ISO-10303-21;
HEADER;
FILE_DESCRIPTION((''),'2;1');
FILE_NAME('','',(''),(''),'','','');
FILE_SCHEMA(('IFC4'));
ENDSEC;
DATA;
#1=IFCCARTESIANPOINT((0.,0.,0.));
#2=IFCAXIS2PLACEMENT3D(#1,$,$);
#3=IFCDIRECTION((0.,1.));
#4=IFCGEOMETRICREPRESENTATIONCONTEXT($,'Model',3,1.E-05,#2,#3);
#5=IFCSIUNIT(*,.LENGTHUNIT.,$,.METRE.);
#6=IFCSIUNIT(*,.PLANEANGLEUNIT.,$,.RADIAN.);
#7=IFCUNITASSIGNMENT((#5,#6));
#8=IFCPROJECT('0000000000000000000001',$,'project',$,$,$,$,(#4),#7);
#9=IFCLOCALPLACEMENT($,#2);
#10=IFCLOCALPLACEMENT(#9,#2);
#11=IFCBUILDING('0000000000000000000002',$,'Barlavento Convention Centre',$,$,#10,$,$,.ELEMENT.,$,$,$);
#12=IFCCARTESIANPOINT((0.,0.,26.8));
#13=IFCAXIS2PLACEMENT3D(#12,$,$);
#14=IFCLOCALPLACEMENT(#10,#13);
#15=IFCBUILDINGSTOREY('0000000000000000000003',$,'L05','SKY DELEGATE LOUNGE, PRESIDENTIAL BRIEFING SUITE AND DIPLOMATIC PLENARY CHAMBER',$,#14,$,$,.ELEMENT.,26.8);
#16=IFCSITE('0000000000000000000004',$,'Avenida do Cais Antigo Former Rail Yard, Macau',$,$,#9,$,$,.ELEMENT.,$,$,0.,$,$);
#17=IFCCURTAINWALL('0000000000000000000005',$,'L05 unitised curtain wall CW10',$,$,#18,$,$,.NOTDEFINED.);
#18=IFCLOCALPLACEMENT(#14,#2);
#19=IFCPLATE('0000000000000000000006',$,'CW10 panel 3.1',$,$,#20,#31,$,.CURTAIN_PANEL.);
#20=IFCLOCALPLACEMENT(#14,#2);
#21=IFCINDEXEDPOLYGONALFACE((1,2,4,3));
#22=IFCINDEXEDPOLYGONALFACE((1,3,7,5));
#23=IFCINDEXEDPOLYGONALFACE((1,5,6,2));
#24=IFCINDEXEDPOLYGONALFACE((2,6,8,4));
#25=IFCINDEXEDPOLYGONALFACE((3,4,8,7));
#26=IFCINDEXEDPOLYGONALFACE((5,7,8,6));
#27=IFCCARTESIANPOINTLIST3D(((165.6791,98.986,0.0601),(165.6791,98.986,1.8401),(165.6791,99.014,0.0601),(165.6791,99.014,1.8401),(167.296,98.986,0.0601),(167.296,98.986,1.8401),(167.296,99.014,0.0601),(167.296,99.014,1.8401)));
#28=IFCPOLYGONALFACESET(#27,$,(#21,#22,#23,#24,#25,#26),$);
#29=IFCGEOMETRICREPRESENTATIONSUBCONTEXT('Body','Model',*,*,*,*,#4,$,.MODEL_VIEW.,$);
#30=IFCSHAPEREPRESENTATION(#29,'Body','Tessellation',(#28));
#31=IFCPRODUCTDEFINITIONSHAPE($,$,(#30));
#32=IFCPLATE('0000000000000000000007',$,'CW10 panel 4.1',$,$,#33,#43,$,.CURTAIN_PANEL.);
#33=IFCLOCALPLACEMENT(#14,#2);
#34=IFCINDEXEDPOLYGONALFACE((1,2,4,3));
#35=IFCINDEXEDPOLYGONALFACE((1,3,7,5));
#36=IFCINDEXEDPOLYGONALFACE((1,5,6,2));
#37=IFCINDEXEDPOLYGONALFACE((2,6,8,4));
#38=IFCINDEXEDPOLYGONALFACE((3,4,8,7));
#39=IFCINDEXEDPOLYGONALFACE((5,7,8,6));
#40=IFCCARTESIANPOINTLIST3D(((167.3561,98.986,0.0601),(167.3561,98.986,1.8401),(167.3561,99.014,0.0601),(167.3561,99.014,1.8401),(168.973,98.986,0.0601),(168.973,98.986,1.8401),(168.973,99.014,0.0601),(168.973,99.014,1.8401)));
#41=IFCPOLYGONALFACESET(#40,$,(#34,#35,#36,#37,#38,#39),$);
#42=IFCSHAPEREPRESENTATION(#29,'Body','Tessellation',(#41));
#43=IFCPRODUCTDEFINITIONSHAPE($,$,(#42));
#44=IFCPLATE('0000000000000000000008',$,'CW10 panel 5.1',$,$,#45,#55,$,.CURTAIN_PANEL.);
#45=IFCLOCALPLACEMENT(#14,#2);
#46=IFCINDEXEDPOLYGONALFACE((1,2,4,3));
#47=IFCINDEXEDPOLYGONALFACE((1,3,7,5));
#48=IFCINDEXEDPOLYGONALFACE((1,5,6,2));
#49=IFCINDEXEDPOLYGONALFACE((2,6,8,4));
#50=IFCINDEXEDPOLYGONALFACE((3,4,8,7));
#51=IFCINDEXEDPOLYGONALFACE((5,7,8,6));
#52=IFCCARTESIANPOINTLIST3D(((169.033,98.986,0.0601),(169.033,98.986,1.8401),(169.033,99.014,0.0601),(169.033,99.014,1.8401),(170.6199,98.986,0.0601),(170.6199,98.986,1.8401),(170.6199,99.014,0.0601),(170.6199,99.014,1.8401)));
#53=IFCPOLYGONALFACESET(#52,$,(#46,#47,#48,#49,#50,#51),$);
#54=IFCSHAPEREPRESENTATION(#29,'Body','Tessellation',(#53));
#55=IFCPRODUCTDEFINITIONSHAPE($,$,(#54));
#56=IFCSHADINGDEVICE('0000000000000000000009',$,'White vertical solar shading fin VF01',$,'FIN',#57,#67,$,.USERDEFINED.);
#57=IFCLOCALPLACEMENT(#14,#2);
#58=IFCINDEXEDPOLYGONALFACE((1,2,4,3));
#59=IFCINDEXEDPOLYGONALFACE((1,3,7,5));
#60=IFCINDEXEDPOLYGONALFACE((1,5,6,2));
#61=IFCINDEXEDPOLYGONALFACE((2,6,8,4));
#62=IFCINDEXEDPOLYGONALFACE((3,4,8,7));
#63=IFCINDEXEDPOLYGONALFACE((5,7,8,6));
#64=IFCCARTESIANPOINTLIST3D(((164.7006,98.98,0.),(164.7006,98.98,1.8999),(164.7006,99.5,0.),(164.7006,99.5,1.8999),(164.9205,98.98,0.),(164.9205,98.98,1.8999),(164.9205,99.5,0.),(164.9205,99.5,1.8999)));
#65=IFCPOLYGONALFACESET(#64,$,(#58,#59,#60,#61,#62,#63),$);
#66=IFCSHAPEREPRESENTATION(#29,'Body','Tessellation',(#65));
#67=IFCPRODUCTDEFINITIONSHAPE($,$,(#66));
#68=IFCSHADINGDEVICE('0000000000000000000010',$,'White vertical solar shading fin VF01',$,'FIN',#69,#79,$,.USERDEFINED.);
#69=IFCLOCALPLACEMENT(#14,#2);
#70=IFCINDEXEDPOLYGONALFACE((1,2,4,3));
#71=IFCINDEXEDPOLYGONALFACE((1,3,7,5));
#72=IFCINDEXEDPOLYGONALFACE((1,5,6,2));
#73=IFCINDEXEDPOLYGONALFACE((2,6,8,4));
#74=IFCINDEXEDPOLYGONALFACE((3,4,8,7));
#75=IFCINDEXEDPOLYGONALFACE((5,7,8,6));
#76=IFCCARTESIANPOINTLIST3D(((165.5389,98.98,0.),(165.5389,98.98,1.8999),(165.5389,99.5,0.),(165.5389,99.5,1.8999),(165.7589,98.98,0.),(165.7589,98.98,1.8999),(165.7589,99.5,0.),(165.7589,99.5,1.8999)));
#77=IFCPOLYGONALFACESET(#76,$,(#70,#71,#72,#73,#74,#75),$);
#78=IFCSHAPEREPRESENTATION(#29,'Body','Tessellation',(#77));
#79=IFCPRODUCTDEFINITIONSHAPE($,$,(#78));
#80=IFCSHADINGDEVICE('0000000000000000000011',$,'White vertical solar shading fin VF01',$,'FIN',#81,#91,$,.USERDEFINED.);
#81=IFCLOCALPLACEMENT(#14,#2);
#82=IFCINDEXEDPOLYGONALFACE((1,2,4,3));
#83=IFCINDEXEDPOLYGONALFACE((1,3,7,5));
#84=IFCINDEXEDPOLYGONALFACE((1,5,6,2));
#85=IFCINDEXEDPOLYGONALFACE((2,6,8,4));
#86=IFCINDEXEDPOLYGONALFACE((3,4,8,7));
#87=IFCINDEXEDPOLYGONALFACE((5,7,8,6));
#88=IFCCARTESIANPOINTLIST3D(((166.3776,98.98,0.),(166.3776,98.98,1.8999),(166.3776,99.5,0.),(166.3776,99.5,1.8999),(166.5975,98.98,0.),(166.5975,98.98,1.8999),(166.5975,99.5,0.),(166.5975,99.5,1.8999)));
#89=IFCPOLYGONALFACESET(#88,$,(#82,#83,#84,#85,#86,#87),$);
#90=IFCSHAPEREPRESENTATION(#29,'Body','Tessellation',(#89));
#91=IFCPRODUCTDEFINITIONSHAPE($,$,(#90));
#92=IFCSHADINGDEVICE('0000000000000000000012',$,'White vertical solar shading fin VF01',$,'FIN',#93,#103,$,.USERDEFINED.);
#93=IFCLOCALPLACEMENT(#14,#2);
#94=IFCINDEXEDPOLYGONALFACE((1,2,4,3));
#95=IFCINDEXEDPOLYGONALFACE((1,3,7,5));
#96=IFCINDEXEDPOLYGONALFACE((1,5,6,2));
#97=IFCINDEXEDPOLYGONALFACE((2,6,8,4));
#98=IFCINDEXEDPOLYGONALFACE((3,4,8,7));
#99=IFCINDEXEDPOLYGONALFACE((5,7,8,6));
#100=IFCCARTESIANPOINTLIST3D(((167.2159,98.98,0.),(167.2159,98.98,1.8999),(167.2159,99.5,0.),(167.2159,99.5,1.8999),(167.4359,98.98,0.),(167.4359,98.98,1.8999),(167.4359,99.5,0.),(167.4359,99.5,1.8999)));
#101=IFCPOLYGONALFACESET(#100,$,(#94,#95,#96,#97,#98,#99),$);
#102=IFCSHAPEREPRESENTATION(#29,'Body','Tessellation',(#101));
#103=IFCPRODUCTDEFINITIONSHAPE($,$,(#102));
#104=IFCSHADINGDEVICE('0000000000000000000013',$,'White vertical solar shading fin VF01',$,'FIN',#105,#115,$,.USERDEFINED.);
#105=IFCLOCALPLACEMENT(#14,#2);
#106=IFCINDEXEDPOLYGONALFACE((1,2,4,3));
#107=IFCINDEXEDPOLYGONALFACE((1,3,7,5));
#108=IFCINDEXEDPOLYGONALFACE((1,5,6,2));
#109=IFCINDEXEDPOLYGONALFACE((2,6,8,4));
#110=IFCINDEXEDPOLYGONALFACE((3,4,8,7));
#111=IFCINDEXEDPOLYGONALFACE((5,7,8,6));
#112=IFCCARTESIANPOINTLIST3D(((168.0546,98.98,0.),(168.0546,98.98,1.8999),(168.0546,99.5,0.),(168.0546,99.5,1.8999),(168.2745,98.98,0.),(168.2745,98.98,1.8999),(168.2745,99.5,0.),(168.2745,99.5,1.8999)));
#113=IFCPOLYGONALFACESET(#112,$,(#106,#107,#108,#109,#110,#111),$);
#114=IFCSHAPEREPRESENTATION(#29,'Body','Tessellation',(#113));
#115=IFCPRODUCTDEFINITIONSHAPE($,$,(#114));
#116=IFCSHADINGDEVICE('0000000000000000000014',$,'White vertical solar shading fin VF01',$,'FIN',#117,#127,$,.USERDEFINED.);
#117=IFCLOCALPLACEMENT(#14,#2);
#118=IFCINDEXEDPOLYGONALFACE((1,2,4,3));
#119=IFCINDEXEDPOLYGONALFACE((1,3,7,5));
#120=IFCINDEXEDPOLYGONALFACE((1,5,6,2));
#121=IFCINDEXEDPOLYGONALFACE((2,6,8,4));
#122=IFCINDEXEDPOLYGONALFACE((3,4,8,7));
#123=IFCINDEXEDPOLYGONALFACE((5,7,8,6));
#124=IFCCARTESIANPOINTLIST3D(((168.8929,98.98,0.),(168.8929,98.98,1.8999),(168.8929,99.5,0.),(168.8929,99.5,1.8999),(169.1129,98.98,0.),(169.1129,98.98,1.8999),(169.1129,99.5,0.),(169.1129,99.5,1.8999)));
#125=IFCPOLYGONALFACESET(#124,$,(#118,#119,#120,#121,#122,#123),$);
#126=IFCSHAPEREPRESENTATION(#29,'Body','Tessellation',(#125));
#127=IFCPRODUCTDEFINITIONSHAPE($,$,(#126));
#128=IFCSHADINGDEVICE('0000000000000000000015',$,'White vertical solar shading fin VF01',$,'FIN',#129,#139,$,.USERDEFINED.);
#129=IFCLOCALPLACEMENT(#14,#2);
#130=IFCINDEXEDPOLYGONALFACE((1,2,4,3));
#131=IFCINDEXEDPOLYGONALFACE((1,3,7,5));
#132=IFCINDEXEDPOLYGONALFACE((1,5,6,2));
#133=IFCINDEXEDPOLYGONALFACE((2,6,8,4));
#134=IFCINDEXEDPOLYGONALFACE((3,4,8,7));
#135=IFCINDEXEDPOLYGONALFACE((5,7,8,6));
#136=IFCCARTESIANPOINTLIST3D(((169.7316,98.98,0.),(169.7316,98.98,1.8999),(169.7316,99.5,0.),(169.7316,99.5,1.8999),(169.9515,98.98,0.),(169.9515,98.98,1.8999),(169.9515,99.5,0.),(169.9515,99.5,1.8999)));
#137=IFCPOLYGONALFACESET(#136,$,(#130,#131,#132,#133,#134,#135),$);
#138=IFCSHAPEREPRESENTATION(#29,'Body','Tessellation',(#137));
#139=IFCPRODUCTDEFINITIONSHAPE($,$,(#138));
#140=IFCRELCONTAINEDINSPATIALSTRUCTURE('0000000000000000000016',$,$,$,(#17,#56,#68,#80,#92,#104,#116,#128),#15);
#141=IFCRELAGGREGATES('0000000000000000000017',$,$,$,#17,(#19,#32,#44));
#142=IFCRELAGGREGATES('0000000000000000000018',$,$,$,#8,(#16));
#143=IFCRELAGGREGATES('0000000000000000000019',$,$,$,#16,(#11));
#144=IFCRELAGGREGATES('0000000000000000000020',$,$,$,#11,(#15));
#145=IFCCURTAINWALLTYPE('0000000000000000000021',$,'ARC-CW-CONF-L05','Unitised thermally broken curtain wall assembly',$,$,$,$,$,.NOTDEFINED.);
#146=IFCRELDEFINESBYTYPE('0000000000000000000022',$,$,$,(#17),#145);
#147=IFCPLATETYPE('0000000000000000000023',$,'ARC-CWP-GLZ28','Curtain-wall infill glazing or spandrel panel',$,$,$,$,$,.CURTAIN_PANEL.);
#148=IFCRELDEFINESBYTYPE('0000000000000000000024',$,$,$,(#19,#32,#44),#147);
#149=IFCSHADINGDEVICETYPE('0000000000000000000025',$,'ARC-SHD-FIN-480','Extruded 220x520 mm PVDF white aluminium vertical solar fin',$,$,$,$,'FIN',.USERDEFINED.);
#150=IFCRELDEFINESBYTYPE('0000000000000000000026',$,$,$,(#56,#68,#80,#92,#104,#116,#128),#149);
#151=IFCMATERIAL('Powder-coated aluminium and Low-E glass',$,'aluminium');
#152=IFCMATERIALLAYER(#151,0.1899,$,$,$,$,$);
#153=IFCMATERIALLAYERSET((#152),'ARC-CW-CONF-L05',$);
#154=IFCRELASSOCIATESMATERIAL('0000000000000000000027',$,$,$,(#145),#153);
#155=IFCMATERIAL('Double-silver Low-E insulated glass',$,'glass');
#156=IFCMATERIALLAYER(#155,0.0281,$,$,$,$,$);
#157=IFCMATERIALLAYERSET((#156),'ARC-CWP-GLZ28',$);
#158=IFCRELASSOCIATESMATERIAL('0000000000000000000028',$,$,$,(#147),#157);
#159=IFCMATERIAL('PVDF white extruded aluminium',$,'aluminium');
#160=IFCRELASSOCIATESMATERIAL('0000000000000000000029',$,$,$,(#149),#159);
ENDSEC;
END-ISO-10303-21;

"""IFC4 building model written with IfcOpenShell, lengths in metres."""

from ifc_helpers import new_model, si_unit, direction, frame, origin, origin_2d, place, context, subcontext, project, spatial, rectangle, extrude, material, layer, layer_set, type_object, element, aggregate, save


model = new_model("IFC4")

# Units and contexts
model_context = context("Model", 3, precision=1e-05, world=origin(), true_north=direction((0.0, 1.0)))
body_context = subcontext(model_context, "Body", "Model", "MODEL_VIEW")
ifc_project = project(units=[si_unit("LENGTHUNIT", "METRE"), si_unit("PLANEANGLEUNIT", "RADIAN")], contexts=[model_context])

# Site, building, storey
site_placement = place(None, origin())
site = spatial("IfcSite", under=ifc_project, at=site_placement, Name="Avenida do Cais Antigo Former Rail Yard, Macau", CompositionType="ELEMENT", RefElevation=0.0)
building_placement = place(site_placement, origin())
building = spatial("IfcBuilding", under=site, at=building_placement, Name="Barlavento Convention Centre", CompositionType="ELEMENT")
storey_placement = place(building_placement, frame((0.0, 0.0, 26.8)))
storey = spatial("IfcBuildingStorey", under=building, at=storey_placement, Name="L05", Description="SKY DELEGATE LOUNGE, PRESIDENTIAL BRIEFING SUITE AND DIPLOMATIC PLENARY CHAMBER", CompositionType="ELEMENT", Elevation=26.8)

# Curtain wall, plates
ifc_material_1 = material(Name="Powder-coated aluminium and Low-E glass", Category="aluminium")
ifc_layer_1 = layer(ifc_material_1, 0.1899)
ifc_layer_set_1 = layer_set([ifc_layer_1], Name="ARC-CW-CONF-L05")
curtain_wall_type = type_object("IfcCurtainWallType", Name="ARC-CW-CONF-L05", Description="Unitised thermally broken curtain wall assembly", PredefinedType="NOTDEFINED", material=ifc_layer_set_1)
curtain_wall_placement = place(storey_placement, origin())
curtain_wall = element("IfcCurtainWall", 1, at=curtain_wall_placement, inside=storey, type_object=curtain_wall_type, Name="L05 unitised curtain wall CW10", PredefinedType="NOTDEFINED")
ifc_material_2 = material(Name="Double-silver Low-E insulated glass", Category="glass")
ifc_layer_2 = layer(ifc_material_2, 0.0281)
ifc_layer_set_2 = layer_set([ifc_layer_2], Name="ARC-CWP-GLZ28")
plate_type = type_object("IfcPlateType", Name="ARC-CWP-GLZ28", Description="Curtain-wall infill glazing or spandrel panel", PredefinedType="CURTAIN_PANEL", material=ifc_layer_set_2)
plate_1_placement = place(storey_placement, frame((166.4875, 99.0, 0.0601), z_axis=(0.0, 0.0, 1.0), x_axis=(1.0, 0.0, 0.0)))
plate_1 = element("IfcPlate", 2, at=plate_1_placement, type_object=plate_type, Name="CW10 panel 3.1", PredefinedType="CURTAIN_PANEL", context=body_context, shape_type="SweptSolid", body=[
    extrude(rectangle(XDim=1.6169, YDim=0.0281, at=origin_2d()), origin(), (0.0, 0.0, 1.0), 1.78),
])
plate_2_placement = place(storey_placement, frame((168.1646, 99.0, 0.0601), z_axis=(0.0, 0.0, 1.0), x_axis=(1.0, 0.0, 0.0)))
plate_2 = element("IfcPlate", 3, at=plate_2_placement, type_object=plate_type, Name="CW10 panel 4.1", PredefinedType="CURTAIN_PANEL", context=body_context, shape_type="SweptSolid", body=[
    extrude(rectangle(XDim=1.6169, YDim=0.0281, at=origin_2d()), origin(), (0.0, 0.0, 1.0), 1.78),
])
plate_3_placement = place(storey_placement, frame((169.8264, 99.0, 0.0601), z_axis=(0.0, 0.0, 1.0), x_axis=(1.0, 0.0, 0.0)))
plate_3 = element("IfcPlate", 4, at=plate_3_placement, type_object=plate_type, Name="CW10 panel 5.1", PredefinedType="CURTAIN_PANEL", context=body_context, shape_type="SweptSolid", body=[
    extrude(rectangle(XDim=1.5869, YDim=0.0281, at=origin_2d()), origin(), (0.0, 0.0, 1.0), 1.78),
])
aggregate(curtain_wall, [plate_1, plate_2, plate_3])

# Shading devices
ifc_material_3 = material(Name="PVDF white extruded aluminium", Category="aluminium")
shading_device_type = type_object("IfcShadingDeviceType", Name="ARC-SHD-FIN-480", Description="Extruded 220x520 mm PVDF white aluminium vertical solar fin", ElementType="FIN", PredefinedType="USERDEFINED", material=ifc_material_3)
for number, where, z_axis, x_axis, name in (
    (5, (164.8105, 99.24, 0.0), (0.0, 0.0, 1.0), (1.0, 0.0, 0.0), "White vertical solar shading fin VF01"),
    (6, (165.6489, 99.24, 0.0), (0.0, 0.0, 1.0), (1.0, 0.0, 0.0), "White vertical solar shading fin VF01"),
    (7, (166.4875, 99.24, 0.0), (0.0, 0.0, 1.0), (1.0, 0.0, 0.0), "White vertical solar shading fin VF01"),
    (8, (167.3259, 99.24, 0.0), (0.0, 0.0, 1.0), (1.0, 0.0, 0.0), "White vertical solar shading fin VF01"),
    (9, (168.1646, 99.24, 0.0), (0.0, 0.0, 1.0), (1.0, 0.0, 0.0), "White vertical solar shading fin VF01"),
    (10, (169.0029, 99.24, 0.0), (0.0, 0.0, 1.0), (1.0, 0.0, 0.0), "White vertical solar shading fin VF01"),
    (11, (169.8416, 99.24, 0.0), (0.0, 0.0, 1.0), (1.0, 0.0, 0.0), "White vertical solar shading fin VF01"),
):
    element("IfcShadingDevice", number, at=place(storey_placement, frame(where, z_axis=z_axis, x_axis=x_axis)), inside=storey, type_object=shading_device_type, Name=name, ObjectType="FIN", PredefinedType="USERDEFINED", context=body_context, shape_type="SweptSolid", body=[
        extrude(rectangle(XDim=0.22, YDim=0.52, at=origin_2d()), origin(), (0.0, 0.0, 1.0), 1.8999),
    ])

save(model, "model.ifc")
